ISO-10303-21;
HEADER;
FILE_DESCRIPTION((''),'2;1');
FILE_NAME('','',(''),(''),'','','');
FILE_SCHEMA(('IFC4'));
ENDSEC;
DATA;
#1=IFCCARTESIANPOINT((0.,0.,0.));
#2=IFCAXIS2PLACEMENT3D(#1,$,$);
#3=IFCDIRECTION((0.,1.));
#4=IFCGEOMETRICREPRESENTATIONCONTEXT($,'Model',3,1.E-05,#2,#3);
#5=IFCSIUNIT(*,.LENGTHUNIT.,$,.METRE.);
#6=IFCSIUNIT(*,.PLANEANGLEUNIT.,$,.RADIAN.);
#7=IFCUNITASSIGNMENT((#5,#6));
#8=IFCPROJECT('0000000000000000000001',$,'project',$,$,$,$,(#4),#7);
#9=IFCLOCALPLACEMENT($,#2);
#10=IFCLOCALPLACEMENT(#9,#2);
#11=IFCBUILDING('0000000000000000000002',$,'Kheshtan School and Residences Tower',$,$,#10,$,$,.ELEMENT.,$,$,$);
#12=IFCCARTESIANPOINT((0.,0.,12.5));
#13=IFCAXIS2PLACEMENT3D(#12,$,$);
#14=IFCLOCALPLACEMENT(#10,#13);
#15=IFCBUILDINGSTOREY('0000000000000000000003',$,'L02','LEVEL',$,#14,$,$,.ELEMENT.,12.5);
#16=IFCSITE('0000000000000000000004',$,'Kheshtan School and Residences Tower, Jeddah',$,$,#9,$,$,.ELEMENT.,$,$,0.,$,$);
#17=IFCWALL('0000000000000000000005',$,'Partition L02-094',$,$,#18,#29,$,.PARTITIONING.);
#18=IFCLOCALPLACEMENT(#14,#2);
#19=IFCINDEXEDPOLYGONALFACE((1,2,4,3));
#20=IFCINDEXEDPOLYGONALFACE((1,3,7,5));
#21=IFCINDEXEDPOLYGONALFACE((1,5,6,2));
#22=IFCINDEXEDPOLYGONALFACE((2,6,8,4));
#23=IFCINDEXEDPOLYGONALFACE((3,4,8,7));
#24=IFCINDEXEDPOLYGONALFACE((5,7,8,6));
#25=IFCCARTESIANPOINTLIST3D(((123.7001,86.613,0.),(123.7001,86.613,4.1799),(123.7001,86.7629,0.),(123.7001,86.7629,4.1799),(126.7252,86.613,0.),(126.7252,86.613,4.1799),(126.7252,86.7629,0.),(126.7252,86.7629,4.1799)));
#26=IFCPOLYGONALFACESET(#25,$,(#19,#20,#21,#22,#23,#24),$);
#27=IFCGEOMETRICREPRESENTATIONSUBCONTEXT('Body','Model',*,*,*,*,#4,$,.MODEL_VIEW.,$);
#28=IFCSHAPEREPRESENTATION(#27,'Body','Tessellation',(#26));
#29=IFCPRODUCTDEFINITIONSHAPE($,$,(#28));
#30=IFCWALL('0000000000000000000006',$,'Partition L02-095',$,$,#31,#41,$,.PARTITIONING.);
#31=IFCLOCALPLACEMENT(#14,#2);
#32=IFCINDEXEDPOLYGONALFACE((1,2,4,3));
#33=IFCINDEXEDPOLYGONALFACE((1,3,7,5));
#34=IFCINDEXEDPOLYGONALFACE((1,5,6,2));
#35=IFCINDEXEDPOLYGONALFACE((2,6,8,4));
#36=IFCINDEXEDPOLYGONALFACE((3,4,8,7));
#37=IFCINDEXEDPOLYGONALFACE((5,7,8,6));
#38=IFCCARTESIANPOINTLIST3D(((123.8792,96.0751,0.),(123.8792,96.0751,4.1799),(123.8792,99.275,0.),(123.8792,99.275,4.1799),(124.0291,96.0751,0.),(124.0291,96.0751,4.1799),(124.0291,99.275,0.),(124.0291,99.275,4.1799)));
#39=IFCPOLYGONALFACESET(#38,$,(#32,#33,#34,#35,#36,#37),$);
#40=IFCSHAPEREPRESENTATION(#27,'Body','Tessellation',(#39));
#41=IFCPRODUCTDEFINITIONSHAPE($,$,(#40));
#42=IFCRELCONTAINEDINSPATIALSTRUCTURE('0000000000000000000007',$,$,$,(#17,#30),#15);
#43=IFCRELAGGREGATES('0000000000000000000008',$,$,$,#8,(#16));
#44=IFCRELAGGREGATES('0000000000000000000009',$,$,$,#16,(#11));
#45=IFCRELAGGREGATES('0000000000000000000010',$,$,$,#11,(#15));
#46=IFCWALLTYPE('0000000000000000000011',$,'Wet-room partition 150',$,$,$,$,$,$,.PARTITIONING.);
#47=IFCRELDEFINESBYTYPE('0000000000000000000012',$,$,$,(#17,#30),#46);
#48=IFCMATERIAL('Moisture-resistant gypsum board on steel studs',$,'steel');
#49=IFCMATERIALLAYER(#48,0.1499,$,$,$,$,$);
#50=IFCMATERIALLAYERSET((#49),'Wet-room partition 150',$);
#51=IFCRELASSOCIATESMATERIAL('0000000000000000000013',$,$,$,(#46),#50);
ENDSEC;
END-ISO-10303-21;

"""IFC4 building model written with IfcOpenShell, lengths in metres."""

from ifc_helpers import new_model, si_unit, direction, frame, frame_2d, origin, place, context, subcontext, project, spatial, rectangle, extrude, material, layer, layer_set, type_object, element, save


model = new_model("IFC4")

# Units and contexts
model_context = context("Model", 3, precision=1e-05, world=origin(), true_north=direction((0.0, 1.0)))
body_context = subcontext(model_context, "Body", "Model", "MODEL_VIEW")
ifc_project = project(units=[si_unit("LENGTHUNIT", "METRE"), si_unit("PLANEANGLEUNIT", "RADIAN")], contexts=[model_context])

# Site, building, storey
site_placement = place(None, origin())
site = spatial("IfcSite", under=ifc_project, at=site_placement, Name="Kheshtan School and Residences Tower, Jeddah", CompositionType="ELEMENT", RefElevation=0.0)
building_placement = place(site_placement, origin())
building = spatial("IfcBuilding", under=site, at=building_placement, Name="Kheshtan School and Residences Tower", CompositionType="ELEMENT")
storey_placement = place(building_placement, frame((0.0, 0.0, 12.5)))
storey = spatial("IfcBuildingStorey", under=building, at=storey_placement, Name="L02", Description="LEVEL", CompositionType="ELEMENT", Elevation=12.5)

# Walls
ifc_material_1 = material(Name="Moisture-resistant gypsum board on steel studs", Category="steel")
ifc_layer_1 = layer(ifc_material_1, 0.1499)
ifc_layer_set_1 = layer_set([ifc_layer_1], Name="Wet-room partition 150")
wall_type_1 = type_object("IfcWallType", Name="Wet-room partition 150", PredefinedType="PARTITIONING", material=ifc_layer_set_1)
wall_1_placement = place(storey_placement, frame((123.7, 86.688, 0.0), z_axis=(0.0, 0.0, 1.0), x_axis=(1.0, 0.0, 0.0)))
element("IfcWall", 1, at=wall_1_placement, inside=storey, type_object=wall_type_1, Name="Partition L02-094", PredefinedType="PARTITIONING", context=body_context, shape_type="SweptSolid", body=[
    extrude(rectangle(XDim=3.0251, YDim=0.1499, at=frame_2d((1.5127, 0.0))), origin(), (0.0, 0.0, 1.0), 4.1799),
])
wall_2_placement = place(storey_placement, frame((123.9541, 96.075, 0.0), z_axis=(0.0, 0.0, 1.0), x_axis=(0.0, 1.0, 0.0)))
element("IfcWall", 2, at=wall_2_placement, inside=storey, type_object=wall_type_1, Name="Partition L02-095", PredefinedType="PARTITIONING", context=body_context, shape_type="SweptSolid", body=[
    extrude(rectangle(XDim=3.2, YDim=0.1499, at=frame_2d((1.6001, 0.0))), origin(), (0.0, 0.0, 1.0), 4.1799),
])

save(model, "model.ifc")
